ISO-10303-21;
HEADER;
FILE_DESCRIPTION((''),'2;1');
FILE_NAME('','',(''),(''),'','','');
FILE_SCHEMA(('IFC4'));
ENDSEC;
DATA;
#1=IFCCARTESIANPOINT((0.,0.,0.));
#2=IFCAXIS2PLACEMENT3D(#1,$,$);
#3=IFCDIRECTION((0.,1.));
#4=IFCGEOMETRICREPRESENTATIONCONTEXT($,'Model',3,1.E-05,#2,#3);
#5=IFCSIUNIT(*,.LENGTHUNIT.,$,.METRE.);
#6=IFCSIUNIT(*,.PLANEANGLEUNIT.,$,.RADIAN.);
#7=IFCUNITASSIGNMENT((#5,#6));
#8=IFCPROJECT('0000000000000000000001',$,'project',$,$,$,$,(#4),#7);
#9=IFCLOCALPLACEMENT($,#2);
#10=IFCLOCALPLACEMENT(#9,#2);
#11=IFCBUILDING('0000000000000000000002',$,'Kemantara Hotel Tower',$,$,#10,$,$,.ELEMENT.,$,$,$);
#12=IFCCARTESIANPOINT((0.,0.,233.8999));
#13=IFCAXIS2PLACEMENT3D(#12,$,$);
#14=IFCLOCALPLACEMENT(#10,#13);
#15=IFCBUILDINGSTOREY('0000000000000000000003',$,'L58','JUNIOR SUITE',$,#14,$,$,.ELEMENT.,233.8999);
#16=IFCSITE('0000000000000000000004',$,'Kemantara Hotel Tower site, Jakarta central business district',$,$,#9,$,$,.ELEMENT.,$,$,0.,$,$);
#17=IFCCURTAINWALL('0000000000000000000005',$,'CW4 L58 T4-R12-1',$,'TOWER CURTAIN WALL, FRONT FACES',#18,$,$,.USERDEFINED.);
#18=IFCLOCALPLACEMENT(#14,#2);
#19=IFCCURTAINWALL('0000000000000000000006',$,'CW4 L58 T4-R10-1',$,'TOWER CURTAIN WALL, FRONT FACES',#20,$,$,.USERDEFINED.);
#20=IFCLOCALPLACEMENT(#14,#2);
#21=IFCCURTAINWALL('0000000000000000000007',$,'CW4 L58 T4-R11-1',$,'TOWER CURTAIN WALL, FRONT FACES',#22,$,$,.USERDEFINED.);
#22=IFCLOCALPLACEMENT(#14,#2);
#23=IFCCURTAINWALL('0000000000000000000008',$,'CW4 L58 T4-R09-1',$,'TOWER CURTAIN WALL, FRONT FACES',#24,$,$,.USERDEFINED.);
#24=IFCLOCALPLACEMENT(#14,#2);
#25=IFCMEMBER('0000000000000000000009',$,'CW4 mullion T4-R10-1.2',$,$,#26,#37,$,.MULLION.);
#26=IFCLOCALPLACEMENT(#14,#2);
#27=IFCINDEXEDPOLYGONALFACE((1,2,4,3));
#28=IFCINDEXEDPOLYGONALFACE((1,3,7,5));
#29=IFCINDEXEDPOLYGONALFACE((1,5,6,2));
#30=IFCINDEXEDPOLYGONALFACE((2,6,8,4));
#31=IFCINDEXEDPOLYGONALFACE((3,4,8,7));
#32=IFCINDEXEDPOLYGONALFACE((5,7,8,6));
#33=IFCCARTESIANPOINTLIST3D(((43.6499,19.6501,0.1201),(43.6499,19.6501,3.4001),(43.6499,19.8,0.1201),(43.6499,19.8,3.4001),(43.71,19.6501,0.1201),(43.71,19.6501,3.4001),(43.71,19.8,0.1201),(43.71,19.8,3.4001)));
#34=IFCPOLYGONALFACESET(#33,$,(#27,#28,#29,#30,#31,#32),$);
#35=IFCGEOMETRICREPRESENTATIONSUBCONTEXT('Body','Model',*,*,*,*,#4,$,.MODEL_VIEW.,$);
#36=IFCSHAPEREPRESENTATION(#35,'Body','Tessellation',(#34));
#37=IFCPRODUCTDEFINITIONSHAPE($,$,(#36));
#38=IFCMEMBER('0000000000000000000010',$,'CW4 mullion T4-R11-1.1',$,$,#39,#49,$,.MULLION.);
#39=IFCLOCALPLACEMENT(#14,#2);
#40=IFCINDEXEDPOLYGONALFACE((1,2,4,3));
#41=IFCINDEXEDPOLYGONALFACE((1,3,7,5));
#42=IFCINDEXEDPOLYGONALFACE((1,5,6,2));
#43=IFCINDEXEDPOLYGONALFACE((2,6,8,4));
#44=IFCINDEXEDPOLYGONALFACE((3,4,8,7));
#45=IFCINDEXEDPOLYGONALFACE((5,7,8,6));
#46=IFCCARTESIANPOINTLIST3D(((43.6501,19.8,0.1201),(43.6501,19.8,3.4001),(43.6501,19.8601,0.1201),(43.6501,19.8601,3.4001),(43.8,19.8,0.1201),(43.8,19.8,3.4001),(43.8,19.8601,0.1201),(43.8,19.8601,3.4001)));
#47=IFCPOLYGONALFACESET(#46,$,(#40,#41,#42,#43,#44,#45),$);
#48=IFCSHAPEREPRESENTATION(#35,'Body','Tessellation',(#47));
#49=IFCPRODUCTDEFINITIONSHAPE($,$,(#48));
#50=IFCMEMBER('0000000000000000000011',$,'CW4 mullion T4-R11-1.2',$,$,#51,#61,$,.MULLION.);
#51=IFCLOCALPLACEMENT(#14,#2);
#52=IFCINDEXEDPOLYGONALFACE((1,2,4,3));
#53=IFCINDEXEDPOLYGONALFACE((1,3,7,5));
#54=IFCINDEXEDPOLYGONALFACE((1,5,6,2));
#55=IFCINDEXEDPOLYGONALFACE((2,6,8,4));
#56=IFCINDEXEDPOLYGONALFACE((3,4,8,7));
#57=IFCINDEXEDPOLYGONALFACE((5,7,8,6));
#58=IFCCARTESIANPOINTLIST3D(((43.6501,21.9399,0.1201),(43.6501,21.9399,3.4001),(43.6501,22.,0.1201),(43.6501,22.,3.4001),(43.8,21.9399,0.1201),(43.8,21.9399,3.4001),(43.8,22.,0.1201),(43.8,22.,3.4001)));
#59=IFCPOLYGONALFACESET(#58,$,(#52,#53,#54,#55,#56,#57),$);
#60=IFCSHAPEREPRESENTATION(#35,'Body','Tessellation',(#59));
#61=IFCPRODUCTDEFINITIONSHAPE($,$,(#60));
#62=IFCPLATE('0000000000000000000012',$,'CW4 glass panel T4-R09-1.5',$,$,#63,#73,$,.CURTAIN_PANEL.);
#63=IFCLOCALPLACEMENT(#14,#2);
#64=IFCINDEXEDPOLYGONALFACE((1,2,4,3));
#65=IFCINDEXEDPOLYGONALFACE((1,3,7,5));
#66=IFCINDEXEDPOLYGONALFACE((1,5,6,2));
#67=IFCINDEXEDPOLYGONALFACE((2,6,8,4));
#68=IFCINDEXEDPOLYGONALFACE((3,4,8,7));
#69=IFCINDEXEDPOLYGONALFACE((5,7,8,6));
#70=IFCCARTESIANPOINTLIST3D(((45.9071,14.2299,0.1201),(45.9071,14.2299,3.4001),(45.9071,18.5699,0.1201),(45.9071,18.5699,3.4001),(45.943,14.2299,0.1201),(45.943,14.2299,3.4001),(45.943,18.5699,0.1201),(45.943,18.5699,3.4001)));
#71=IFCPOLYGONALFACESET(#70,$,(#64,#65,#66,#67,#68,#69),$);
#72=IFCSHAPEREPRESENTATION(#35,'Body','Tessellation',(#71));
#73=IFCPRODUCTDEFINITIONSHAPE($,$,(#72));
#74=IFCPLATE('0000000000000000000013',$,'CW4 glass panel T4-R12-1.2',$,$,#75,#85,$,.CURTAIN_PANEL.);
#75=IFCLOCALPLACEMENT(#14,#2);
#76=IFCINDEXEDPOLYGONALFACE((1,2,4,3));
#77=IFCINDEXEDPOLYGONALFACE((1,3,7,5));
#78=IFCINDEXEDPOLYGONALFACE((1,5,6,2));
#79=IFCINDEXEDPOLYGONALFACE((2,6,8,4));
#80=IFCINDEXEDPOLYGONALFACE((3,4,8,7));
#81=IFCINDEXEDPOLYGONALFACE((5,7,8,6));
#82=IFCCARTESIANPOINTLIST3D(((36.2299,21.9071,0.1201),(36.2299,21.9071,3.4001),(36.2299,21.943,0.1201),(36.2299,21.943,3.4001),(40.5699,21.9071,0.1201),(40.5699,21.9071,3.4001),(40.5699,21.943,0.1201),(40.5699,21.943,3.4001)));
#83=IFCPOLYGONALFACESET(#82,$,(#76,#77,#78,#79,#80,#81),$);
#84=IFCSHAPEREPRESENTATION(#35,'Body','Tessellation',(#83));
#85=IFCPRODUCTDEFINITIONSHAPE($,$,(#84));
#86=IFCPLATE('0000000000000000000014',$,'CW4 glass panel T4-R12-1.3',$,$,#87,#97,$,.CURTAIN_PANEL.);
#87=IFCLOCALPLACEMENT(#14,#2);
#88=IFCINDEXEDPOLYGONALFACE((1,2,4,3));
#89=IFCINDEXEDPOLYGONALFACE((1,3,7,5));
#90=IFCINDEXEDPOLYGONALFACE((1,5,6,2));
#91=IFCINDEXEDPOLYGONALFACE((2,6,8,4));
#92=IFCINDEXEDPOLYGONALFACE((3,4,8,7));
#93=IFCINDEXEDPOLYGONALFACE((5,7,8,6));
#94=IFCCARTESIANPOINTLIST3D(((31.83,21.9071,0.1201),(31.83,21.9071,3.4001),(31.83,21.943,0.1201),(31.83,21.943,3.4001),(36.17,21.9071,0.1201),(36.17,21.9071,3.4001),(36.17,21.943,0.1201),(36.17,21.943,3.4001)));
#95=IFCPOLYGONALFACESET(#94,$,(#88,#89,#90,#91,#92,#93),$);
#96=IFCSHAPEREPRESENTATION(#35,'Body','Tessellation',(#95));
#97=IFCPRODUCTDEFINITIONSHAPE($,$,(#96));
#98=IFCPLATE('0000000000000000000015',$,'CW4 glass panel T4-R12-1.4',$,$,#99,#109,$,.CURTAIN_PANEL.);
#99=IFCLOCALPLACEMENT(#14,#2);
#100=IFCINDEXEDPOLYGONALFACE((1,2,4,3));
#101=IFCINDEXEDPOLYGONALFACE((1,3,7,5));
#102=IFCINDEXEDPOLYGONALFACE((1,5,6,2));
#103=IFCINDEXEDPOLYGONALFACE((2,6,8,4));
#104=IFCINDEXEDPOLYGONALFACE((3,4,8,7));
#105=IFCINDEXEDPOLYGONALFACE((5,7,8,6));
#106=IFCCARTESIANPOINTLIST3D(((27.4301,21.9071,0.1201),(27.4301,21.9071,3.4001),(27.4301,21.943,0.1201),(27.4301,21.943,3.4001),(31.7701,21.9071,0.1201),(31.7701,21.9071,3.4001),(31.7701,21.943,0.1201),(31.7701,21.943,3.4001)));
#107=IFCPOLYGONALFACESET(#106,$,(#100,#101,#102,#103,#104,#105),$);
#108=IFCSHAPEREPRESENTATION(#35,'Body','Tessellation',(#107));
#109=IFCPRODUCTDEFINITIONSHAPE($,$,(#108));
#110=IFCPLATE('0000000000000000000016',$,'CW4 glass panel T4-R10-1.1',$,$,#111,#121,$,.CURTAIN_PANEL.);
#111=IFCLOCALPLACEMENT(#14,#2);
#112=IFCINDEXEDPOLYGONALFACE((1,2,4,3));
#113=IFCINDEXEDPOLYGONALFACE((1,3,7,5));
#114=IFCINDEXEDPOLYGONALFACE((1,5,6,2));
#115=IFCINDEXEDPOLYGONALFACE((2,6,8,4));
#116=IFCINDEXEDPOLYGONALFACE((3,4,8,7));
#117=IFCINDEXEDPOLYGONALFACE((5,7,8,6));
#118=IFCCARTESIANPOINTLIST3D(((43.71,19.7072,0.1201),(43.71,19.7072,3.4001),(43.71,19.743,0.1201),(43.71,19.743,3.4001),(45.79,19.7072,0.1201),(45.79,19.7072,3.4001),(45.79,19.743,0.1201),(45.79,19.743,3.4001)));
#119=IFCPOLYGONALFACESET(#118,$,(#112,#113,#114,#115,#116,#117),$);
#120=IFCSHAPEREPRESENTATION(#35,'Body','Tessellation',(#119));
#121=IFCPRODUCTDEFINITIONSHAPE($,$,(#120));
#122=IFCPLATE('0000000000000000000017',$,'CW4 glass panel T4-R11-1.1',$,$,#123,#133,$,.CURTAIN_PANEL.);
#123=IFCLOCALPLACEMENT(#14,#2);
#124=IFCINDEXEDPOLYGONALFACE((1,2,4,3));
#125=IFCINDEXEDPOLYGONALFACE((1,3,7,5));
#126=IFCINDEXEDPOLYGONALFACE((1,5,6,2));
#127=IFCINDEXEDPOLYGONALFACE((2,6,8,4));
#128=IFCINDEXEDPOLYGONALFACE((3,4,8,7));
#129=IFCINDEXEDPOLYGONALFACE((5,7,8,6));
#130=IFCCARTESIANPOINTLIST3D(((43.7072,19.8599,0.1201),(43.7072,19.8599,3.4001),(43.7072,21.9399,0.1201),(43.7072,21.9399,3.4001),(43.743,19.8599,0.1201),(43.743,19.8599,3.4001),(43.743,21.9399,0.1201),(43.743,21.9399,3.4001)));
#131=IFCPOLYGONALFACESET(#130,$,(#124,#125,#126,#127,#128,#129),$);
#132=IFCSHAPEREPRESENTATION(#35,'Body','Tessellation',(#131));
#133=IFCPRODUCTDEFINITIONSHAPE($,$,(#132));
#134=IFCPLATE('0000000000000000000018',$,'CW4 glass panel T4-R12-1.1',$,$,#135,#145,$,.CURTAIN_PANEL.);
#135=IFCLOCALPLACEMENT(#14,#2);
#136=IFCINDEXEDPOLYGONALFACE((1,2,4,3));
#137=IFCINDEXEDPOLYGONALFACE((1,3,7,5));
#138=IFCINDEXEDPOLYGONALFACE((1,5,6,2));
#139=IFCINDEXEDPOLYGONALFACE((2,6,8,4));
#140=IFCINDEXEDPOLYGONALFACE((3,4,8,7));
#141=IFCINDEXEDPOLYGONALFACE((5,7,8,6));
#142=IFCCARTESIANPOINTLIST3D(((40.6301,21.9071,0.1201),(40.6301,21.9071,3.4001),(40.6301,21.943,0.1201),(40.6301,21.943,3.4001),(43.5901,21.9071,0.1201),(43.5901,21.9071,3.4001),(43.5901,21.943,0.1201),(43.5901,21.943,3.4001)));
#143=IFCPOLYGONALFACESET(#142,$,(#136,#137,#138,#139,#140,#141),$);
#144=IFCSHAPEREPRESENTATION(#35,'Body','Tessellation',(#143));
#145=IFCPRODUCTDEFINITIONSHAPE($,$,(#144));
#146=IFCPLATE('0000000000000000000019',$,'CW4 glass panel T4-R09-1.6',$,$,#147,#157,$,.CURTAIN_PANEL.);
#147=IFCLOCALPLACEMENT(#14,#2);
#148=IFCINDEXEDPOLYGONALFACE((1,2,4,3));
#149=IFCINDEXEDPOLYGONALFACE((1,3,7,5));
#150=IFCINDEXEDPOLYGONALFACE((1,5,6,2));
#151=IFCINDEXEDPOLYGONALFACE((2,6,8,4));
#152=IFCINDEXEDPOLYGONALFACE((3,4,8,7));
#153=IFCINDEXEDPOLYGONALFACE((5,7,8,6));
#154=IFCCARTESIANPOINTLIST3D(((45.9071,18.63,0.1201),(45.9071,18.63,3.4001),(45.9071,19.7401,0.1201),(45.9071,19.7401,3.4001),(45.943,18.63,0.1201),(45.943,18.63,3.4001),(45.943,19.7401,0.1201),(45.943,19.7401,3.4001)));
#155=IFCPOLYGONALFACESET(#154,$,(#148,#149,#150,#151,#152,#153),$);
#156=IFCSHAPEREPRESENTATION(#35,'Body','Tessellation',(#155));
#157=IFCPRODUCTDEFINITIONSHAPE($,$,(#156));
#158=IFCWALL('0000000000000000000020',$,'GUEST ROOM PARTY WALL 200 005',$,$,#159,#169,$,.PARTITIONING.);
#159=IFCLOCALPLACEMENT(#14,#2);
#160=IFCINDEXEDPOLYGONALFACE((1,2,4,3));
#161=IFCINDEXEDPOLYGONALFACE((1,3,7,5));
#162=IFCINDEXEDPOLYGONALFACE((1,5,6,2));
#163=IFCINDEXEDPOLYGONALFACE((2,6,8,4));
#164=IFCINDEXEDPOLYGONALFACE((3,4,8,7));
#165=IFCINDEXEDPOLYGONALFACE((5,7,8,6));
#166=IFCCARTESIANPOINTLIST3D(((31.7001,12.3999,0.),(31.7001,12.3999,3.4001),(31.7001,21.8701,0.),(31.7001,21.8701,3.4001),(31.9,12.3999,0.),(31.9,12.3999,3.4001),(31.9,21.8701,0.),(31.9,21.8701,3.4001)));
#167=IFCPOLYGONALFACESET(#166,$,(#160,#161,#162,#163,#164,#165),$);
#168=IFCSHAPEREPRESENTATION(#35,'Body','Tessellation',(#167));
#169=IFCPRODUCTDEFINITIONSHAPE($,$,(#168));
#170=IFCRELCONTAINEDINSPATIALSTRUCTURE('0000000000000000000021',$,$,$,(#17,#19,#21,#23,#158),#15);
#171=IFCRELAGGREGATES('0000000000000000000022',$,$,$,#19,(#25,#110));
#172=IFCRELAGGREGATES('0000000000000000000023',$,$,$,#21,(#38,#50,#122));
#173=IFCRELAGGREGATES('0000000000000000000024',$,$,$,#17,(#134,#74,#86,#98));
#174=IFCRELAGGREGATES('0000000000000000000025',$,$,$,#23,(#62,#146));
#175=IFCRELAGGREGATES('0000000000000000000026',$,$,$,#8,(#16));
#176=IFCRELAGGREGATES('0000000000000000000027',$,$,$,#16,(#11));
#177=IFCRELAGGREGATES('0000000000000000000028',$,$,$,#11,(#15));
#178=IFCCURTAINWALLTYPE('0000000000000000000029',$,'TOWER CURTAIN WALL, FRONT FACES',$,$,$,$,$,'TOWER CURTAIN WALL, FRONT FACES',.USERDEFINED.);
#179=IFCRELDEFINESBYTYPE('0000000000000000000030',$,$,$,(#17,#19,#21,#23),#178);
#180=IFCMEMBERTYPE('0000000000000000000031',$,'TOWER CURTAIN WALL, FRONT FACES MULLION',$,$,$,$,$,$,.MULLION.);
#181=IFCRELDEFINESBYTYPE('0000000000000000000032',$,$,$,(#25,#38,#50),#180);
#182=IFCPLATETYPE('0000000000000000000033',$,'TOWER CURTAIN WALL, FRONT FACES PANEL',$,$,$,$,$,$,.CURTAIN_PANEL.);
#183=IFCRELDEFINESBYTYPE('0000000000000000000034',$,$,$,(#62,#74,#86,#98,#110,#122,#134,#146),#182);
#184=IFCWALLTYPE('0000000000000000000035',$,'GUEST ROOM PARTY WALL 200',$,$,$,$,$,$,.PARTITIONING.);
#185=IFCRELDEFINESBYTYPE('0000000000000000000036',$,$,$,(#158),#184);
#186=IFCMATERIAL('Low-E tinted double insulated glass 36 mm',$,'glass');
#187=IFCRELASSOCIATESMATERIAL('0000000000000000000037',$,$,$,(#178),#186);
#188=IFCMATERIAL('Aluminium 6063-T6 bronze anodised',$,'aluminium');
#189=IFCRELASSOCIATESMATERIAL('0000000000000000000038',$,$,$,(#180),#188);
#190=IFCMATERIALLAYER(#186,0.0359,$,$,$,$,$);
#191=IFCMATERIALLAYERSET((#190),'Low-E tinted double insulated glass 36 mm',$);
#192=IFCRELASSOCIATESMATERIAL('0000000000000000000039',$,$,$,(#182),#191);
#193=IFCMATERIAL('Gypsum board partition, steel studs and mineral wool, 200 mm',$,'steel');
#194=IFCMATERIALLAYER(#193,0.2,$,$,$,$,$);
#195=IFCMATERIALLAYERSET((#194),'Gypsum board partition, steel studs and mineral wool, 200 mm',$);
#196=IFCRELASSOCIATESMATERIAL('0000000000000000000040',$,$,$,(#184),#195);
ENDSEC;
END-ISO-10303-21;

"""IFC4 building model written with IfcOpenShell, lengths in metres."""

from ifc_helpers import new_model, si_unit, direction, frame, frame_2d, origin, origin_2d, place, context, subcontext, project, spatial, rectangle, extrude, source, transform, mapped, material, layer, layer_set, material_profile, profile_set, type_object, element, aggregate, save


model = new_model("IFC4")

# Units and contexts
model_context = context("Model", 3, precision=1e-05, world=origin(), true_north=direction((0.0, 1.0)))
body_context = subcontext(model_context, "Body", "Model", "MODEL_VIEW")
ifc_project = project(units=[si_unit("LENGTHUNIT", "METRE"), si_unit("PLANEANGLEUNIT", "RADIAN")], contexts=[model_context])

# Site, building, storey
site_placement = place(None, origin())
site = spatial("IfcSite", under=ifc_project, at=site_placement, Name="Kemantara Hotel Tower site, Jakarta central business district", CompositionType="ELEMENT", RefElevation=0.0)
building_placement = place(site_placement, origin())
building = spatial("IfcBuilding", under=site, at=building_placement, Name="Kemantara Hotel Tower", CompositionType="ELEMENT")
storey_placement = place(building_placement, frame((0.0, 0.0, 233.8999)))
storey = spatial("IfcBuildingStorey", under=building, at=storey_placement, Name="L58", Description="JUNIOR SUITE", CompositionType="ELEMENT", Elevation=233.8999)

# Curtain walls
ifc_material_1 = material(Name="Low-E tinted double insulated glass 36 mm", Category="glass")
curtain_wall_type = type_object("IfcCurtainWallType", Name="TOWER CURTAIN WALL, FRONT FACES", ElementType="TOWER CURTAIN WALL, FRONT FACES", PredefinedType="USERDEFINED", material=ifc_material_1)
curtain_wall_1_placement = place(storey_placement, origin())
curtain_wall_1 = element("IfcCurtainWall", 1, at=curtain_wall_1_placement, inside=storey, type_object=curtain_wall_type, Name="CW4 L58 T4-R12-1", ObjectType="TOWER CURTAIN WALL, FRONT FACES", PredefinedType="USERDEFINED")
ifc_material_2 = material(Name="Aluminium 6063-T6 bronze anodised", Category="aluminium")
curtain_wall_2_placement = place(storey_placement, origin())
curtain_wall_2 = element("IfcCurtainWall", 2, at=curtain_wall_2_placement, inside=storey, type_object=curtain_wall_type, Name="CW4 L58 T4-R10-1", ObjectType="TOWER CURTAIN WALL, FRONT FACES", PredefinedType="USERDEFINED")
curtain_wall_3_placement = place(storey_placement, origin())
curtain_wall_3 = element("IfcCurtainWall", 3, at=curtain_wall_3_placement, inside=storey, type_object=curtain_wall_type, Name="CW4 L58 T4-R11-1", ObjectType="TOWER CURTAIN WALL, FRONT FACES", PredefinedType="USERDEFINED")

# Curtain wall
curtain_wall_4_placement = place(storey_placement, origin())
curtain_wall_4 = element("IfcCurtainWall", 4, at=curtain_wall_4_placement, inside=storey, type_object=curtain_wall_type, Name="CW4 L58 T4-R09-1", ObjectType="TOWER CURTAIN WALL, FRONT FACES", PredefinedType="USERDEFINED")
ifc_material_profile_1 = material_profile(ifc_material_2, rectangle(XDim=0.1499, YDim=0.0601, at=origin_2d()), Name="TOWER CURTAIN WALL, FRONT FACES MULLION")
ifc_profile_set_1 = profile_set([ifc_material_profile_1], Name="Aluminium 6063-T6 bronze anodised")
member_type_1 = type_object("IfcMemberType", Name="TOWER CURTAIN WALL, FRONT FACES MULLION", PredefinedType="MULLION", material=ifc_profile_set_1)
shared_shape_1 = source(origin(), body_context, "Body", "SweptSolid", [
    extrude(rectangle(XDim=0.1499, YDim=0.0601, at=origin_2d()), origin(), (0.0, 0.0, 1.0), 3.28),
])

# Members
member_1_placement = place(storey_placement, frame((43.6799, 19.7251, 0.1201), z_axis=(0.0, 0.0, 1.0), x_axis=(0.0, -1.0, 0.0)))
member_1 = element("IfcMember", 5, at=member_1_placement, type_object=member_type_1, Name="CW4 mullion T4-R10-1.2", PredefinedType="MULLION", context=body_context, shape_type="MappedRepresentation", body=[
    mapped(shared_shape_1, transform((0.0, 0.0, 0.0))),
])
member_2_placement = place(storey_placement, frame((43.7251, 19.8301, 0.1201), z_axis=(0.0, 0.0, 1.0), x_axis=(-1.0, 0.0, 0.0)))
member_2 = element("IfcMember", 6, at=member_2_placement, type_object=member_type_1, Name="CW4 mullion T4-R11-1.1", PredefinedType="MULLION", context=body_context, shape_type="MappedRepresentation", body=[
    mapped(shared_shape_1, transform((0.0, 0.0, 0.0))),
])
member_3_placement = place(storey_placement, frame((43.7251, 21.97, 0.1201), z_axis=(0.0, 0.0, 1.0), x_axis=(-1.0, 0.0, 0.0)))
member_3 = element("IfcMember", 7, at=member_3_placement, type_object=member_type_1, Name="CW4 mullion T4-R11-1.2", PredefinedType="MULLION", context=body_context, shape_type="MappedRepresentation", body=[
    mapped(shared_shape_1, transform((0.0, 0.0, 0.0))),
])

# Plates
ifc_layer_1 = layer(ifc_material_1, 0.0359)
ifc_layer_set_1 = layer_set([ifc_layer_1], Name="Low-E tinted double insulated glass 36 mm")
plate_type = type_object("IfcPlateType", Name="TOWER CURTAIN WALL, FRONT FACES PANEL", PredefinedType="CURTAIN_PANEL", material=ifc_layer_set_1)
shared_shape_2 = source(origin(), body_context, "Body", "SweptSolid", [
    extrude(rectangle(XDim=4.3401, YDim=0.0359, at=origin_2d()), origin(), (0.0, 0.0, 1.0), 3.28),
])
plate_1_placement = place(storey_placement, frame((45.925, 16.3999, 0.1201), z_axis=(0.0, 0.0, 1.0), x_axis=(0.0, 1.0, 0.0)))
plate_1 = element("IfcPlate", 8, at=plate_1_placement, type_object=plate_type, Name="CW4 glass panel T4-R09-1.5", PredefinedType="CURTAIN_PANEL", context=body_context, shape_type="MappedRepresentation", body=[
    mapped(shared_shape_2, transform((0.0, 0.0, 0.0))),
])
plate_2_placement = place(storey_placement, frame((38.3999, 21.925, 0.1201), z_axis=(0.0, 0.0, 1.0), x_axis=(-1.0, 0.0, 0.0)))
plate_2 = element("IfcPlate", 9, at=plate_2_placement, type_object=plate_type, Name="CW4 glass panel T4-R12-1.2", PredefinedType="CURTAIN_PANEL", context=body_context, shape_type="MappedRepresentation", body=[
    mapped(shared_shape_2, transform((0.0, 0.0, 0.0))),
])
plate_3_placement = place(storey_placement, frame((34.0, 21.925, 0.1201), z_axis=(0.0, 0.0, 1.0), x_axis=(-1.0, 0.0, 0.0)))
plate_3 = element("IfcPlate", 10, at=plate_3_placement, type_object=plate_type, Name="CW4 glass panel T4-R12-1.3", PredefinedType="CURTAIN_PANEL", context=body_context, shape_type="MappedRepresentation", body=[
    mapped(shared_shape_2, transform((0.0, 0.0, 0.0))),
])
plate_4_placement = place(storey_placement, frame((29.6001, 21.925, 0.1201), z_axis=(0.0, 0.0, 1.0), x_axis=(-1.0, 0.0, 0.0)))
plate_4 = element("IfcPlate", 11, at=plate_4_placement, type_object=plate_type, Name="CW4 glass panel T4-R12-1.4", PredefinedType="CURTAIN_PANEL", context=body_context, shape_type="MappedRepresentation", body=[
    mapped(shared_shape_2, transform((0.0, 0.0, 0.0))),
])
shared_shape_3 = source(origin(), body_context, "Body", "SweptSolid", [
    extrude(rectangle(XDim=2.0801, YDim=0.0359, at=origin_2d()), origin(), (0.0, 0.0, 1.0), 3.28),
])
plate_5_placement = place(storey_placement, frame((44.75, 19.7251, 0.1201), z_axis=(0.0, 0.0, 1.0), x_axis=(-1.0, 0.0, 0.0)))
plate_5 = element("IfcPlate", 12, at=plate_5_placement, type_object=plate_type, Name="CW4 glass panel T4-R10-1.1", PredefinedType="CURTAIN_PANEL", context=body_context, shape_type="MappedRepresentation", body=[
    mapped(shared_shape_3, transform((0.0, 0.0, 0.0))),
])
aggregate(curtain_wall_2, [member_1, plate_5])
plate_6_placement = place(storey_placement, frame((43.7251, 20.8999, 0.1201), z_axis=(0.0, 0.0, 1.0), x_axis=(0.0, 1.0, 0.0)))
plate_6 = element("IfcPlate", 13, at=plate_6_placement, type_object=plate_type, Name="CW4 glass panel T4-R11-1.1", PredefinedType="CURTAIN_PANEL", context=body_context, shape_type="MappedRepresentation", body=[
    mapped(shared_shape_3, transform((0.0, 0.0, 0.0))),
])
aggregate(curtain_wall_3, [member_2, member_3, plate_6])
shared_shape_4 = source(origin(), body_context, "Body", "SweptSolid", [
    extrude(rectangle(XDim=2.96, YDim=0.0359, at=origin_2d()), origin(), (0.0, 0.0, 1.0), 3.28),
])
plate_7_placement = place(storey_placement, frame((42.1101, 21.925, 0.1201), z_axis=(0.0, 0.0, 1.0), x_axis=(-1.0, 0.0, 0.0)))
plate_7 = element("IfcPlate", 14, at=plate_7_placement, type_object=plate_type, Name="CW4 glass panel T4-R12-1.1", PredefinedType="CURTAIN_PANEL", context=body_context, shape_type="MappedRepresentation", body=[
    mapped(shared_shape_4, transform((0.0, 0.0, 0.0))),
])
aggregate(curtain_wall_1, [plate_7, plate_2, plate_3, plate_4])
shared_shape_5 = source(origin(), body_context, "Body", "SweptSolid", [
    extrude(rectangle(XDim=1.1101, YDim=0.0359, at=origin_2d()), origin(), (0.0, 0.0, 1.0), 3.28),
])
plate_8_placement = place(storey_placement, frame((45.925, 19.1851, 0.1201), z_axis=(0.0, 0.0, 1.0), x_axis=(0.0, 1.0, 0.0)))
plate_8 = element("IfcPlate", 15, at=plate_8_placement, type_object=plate_type, Name="CW4 glass panel T4-R09-1.6", PredefinedType="CURTAIN_PANEL", context=body_context, shape_type="MappedRepresentation", body=[
    mapped(shared_shape_5, transform((0.0, 0.0, 0.0))),
])
aggregate(curtain_wall_4, [plate_1, plate_8])

# Wall
ifc_material_3 = material(Name="Gypsum board partition, steel studs and mineral wool, 200 mm", Category="steel")
ifc_layer_2 = layer(ifc_material_3, 0.2)
ifc_layer_set_2 = layer_set([ifc_layer_2], Name="Gypsum board partition, steel studs and mineral wool, 200 mm")
wall_type_1 = type_object("IfcWallType", Name="GUEST ROOM PARTY WALL 200", PredefinedType="PARTITIONING", material=ifc_layer_set_2)
wall_1_placement = place(storey_placement, frame((31.8, 12.3999, 0.0), z_axis=(0.0, 0.0, 1.0), x_axis=(0.0, 1.0, 0.0)))
element("IfcWall", 16, at=wall_1_placement, inside=storey, type_object=wall_type_1, Name="GUEST ROOM PARTY WALL 200 005", PredefinedType="PARTITIONING", context=body_context, shape_type="SweptSolid", body=[
    extrude(rectangle(XDim=9.4702, YDim=0.2, at=frame_2d((4.7351, 0.0))), origin(), (0.0, 0.0, 1.0), 3.4001),
])

save(model, "model.ifc")
